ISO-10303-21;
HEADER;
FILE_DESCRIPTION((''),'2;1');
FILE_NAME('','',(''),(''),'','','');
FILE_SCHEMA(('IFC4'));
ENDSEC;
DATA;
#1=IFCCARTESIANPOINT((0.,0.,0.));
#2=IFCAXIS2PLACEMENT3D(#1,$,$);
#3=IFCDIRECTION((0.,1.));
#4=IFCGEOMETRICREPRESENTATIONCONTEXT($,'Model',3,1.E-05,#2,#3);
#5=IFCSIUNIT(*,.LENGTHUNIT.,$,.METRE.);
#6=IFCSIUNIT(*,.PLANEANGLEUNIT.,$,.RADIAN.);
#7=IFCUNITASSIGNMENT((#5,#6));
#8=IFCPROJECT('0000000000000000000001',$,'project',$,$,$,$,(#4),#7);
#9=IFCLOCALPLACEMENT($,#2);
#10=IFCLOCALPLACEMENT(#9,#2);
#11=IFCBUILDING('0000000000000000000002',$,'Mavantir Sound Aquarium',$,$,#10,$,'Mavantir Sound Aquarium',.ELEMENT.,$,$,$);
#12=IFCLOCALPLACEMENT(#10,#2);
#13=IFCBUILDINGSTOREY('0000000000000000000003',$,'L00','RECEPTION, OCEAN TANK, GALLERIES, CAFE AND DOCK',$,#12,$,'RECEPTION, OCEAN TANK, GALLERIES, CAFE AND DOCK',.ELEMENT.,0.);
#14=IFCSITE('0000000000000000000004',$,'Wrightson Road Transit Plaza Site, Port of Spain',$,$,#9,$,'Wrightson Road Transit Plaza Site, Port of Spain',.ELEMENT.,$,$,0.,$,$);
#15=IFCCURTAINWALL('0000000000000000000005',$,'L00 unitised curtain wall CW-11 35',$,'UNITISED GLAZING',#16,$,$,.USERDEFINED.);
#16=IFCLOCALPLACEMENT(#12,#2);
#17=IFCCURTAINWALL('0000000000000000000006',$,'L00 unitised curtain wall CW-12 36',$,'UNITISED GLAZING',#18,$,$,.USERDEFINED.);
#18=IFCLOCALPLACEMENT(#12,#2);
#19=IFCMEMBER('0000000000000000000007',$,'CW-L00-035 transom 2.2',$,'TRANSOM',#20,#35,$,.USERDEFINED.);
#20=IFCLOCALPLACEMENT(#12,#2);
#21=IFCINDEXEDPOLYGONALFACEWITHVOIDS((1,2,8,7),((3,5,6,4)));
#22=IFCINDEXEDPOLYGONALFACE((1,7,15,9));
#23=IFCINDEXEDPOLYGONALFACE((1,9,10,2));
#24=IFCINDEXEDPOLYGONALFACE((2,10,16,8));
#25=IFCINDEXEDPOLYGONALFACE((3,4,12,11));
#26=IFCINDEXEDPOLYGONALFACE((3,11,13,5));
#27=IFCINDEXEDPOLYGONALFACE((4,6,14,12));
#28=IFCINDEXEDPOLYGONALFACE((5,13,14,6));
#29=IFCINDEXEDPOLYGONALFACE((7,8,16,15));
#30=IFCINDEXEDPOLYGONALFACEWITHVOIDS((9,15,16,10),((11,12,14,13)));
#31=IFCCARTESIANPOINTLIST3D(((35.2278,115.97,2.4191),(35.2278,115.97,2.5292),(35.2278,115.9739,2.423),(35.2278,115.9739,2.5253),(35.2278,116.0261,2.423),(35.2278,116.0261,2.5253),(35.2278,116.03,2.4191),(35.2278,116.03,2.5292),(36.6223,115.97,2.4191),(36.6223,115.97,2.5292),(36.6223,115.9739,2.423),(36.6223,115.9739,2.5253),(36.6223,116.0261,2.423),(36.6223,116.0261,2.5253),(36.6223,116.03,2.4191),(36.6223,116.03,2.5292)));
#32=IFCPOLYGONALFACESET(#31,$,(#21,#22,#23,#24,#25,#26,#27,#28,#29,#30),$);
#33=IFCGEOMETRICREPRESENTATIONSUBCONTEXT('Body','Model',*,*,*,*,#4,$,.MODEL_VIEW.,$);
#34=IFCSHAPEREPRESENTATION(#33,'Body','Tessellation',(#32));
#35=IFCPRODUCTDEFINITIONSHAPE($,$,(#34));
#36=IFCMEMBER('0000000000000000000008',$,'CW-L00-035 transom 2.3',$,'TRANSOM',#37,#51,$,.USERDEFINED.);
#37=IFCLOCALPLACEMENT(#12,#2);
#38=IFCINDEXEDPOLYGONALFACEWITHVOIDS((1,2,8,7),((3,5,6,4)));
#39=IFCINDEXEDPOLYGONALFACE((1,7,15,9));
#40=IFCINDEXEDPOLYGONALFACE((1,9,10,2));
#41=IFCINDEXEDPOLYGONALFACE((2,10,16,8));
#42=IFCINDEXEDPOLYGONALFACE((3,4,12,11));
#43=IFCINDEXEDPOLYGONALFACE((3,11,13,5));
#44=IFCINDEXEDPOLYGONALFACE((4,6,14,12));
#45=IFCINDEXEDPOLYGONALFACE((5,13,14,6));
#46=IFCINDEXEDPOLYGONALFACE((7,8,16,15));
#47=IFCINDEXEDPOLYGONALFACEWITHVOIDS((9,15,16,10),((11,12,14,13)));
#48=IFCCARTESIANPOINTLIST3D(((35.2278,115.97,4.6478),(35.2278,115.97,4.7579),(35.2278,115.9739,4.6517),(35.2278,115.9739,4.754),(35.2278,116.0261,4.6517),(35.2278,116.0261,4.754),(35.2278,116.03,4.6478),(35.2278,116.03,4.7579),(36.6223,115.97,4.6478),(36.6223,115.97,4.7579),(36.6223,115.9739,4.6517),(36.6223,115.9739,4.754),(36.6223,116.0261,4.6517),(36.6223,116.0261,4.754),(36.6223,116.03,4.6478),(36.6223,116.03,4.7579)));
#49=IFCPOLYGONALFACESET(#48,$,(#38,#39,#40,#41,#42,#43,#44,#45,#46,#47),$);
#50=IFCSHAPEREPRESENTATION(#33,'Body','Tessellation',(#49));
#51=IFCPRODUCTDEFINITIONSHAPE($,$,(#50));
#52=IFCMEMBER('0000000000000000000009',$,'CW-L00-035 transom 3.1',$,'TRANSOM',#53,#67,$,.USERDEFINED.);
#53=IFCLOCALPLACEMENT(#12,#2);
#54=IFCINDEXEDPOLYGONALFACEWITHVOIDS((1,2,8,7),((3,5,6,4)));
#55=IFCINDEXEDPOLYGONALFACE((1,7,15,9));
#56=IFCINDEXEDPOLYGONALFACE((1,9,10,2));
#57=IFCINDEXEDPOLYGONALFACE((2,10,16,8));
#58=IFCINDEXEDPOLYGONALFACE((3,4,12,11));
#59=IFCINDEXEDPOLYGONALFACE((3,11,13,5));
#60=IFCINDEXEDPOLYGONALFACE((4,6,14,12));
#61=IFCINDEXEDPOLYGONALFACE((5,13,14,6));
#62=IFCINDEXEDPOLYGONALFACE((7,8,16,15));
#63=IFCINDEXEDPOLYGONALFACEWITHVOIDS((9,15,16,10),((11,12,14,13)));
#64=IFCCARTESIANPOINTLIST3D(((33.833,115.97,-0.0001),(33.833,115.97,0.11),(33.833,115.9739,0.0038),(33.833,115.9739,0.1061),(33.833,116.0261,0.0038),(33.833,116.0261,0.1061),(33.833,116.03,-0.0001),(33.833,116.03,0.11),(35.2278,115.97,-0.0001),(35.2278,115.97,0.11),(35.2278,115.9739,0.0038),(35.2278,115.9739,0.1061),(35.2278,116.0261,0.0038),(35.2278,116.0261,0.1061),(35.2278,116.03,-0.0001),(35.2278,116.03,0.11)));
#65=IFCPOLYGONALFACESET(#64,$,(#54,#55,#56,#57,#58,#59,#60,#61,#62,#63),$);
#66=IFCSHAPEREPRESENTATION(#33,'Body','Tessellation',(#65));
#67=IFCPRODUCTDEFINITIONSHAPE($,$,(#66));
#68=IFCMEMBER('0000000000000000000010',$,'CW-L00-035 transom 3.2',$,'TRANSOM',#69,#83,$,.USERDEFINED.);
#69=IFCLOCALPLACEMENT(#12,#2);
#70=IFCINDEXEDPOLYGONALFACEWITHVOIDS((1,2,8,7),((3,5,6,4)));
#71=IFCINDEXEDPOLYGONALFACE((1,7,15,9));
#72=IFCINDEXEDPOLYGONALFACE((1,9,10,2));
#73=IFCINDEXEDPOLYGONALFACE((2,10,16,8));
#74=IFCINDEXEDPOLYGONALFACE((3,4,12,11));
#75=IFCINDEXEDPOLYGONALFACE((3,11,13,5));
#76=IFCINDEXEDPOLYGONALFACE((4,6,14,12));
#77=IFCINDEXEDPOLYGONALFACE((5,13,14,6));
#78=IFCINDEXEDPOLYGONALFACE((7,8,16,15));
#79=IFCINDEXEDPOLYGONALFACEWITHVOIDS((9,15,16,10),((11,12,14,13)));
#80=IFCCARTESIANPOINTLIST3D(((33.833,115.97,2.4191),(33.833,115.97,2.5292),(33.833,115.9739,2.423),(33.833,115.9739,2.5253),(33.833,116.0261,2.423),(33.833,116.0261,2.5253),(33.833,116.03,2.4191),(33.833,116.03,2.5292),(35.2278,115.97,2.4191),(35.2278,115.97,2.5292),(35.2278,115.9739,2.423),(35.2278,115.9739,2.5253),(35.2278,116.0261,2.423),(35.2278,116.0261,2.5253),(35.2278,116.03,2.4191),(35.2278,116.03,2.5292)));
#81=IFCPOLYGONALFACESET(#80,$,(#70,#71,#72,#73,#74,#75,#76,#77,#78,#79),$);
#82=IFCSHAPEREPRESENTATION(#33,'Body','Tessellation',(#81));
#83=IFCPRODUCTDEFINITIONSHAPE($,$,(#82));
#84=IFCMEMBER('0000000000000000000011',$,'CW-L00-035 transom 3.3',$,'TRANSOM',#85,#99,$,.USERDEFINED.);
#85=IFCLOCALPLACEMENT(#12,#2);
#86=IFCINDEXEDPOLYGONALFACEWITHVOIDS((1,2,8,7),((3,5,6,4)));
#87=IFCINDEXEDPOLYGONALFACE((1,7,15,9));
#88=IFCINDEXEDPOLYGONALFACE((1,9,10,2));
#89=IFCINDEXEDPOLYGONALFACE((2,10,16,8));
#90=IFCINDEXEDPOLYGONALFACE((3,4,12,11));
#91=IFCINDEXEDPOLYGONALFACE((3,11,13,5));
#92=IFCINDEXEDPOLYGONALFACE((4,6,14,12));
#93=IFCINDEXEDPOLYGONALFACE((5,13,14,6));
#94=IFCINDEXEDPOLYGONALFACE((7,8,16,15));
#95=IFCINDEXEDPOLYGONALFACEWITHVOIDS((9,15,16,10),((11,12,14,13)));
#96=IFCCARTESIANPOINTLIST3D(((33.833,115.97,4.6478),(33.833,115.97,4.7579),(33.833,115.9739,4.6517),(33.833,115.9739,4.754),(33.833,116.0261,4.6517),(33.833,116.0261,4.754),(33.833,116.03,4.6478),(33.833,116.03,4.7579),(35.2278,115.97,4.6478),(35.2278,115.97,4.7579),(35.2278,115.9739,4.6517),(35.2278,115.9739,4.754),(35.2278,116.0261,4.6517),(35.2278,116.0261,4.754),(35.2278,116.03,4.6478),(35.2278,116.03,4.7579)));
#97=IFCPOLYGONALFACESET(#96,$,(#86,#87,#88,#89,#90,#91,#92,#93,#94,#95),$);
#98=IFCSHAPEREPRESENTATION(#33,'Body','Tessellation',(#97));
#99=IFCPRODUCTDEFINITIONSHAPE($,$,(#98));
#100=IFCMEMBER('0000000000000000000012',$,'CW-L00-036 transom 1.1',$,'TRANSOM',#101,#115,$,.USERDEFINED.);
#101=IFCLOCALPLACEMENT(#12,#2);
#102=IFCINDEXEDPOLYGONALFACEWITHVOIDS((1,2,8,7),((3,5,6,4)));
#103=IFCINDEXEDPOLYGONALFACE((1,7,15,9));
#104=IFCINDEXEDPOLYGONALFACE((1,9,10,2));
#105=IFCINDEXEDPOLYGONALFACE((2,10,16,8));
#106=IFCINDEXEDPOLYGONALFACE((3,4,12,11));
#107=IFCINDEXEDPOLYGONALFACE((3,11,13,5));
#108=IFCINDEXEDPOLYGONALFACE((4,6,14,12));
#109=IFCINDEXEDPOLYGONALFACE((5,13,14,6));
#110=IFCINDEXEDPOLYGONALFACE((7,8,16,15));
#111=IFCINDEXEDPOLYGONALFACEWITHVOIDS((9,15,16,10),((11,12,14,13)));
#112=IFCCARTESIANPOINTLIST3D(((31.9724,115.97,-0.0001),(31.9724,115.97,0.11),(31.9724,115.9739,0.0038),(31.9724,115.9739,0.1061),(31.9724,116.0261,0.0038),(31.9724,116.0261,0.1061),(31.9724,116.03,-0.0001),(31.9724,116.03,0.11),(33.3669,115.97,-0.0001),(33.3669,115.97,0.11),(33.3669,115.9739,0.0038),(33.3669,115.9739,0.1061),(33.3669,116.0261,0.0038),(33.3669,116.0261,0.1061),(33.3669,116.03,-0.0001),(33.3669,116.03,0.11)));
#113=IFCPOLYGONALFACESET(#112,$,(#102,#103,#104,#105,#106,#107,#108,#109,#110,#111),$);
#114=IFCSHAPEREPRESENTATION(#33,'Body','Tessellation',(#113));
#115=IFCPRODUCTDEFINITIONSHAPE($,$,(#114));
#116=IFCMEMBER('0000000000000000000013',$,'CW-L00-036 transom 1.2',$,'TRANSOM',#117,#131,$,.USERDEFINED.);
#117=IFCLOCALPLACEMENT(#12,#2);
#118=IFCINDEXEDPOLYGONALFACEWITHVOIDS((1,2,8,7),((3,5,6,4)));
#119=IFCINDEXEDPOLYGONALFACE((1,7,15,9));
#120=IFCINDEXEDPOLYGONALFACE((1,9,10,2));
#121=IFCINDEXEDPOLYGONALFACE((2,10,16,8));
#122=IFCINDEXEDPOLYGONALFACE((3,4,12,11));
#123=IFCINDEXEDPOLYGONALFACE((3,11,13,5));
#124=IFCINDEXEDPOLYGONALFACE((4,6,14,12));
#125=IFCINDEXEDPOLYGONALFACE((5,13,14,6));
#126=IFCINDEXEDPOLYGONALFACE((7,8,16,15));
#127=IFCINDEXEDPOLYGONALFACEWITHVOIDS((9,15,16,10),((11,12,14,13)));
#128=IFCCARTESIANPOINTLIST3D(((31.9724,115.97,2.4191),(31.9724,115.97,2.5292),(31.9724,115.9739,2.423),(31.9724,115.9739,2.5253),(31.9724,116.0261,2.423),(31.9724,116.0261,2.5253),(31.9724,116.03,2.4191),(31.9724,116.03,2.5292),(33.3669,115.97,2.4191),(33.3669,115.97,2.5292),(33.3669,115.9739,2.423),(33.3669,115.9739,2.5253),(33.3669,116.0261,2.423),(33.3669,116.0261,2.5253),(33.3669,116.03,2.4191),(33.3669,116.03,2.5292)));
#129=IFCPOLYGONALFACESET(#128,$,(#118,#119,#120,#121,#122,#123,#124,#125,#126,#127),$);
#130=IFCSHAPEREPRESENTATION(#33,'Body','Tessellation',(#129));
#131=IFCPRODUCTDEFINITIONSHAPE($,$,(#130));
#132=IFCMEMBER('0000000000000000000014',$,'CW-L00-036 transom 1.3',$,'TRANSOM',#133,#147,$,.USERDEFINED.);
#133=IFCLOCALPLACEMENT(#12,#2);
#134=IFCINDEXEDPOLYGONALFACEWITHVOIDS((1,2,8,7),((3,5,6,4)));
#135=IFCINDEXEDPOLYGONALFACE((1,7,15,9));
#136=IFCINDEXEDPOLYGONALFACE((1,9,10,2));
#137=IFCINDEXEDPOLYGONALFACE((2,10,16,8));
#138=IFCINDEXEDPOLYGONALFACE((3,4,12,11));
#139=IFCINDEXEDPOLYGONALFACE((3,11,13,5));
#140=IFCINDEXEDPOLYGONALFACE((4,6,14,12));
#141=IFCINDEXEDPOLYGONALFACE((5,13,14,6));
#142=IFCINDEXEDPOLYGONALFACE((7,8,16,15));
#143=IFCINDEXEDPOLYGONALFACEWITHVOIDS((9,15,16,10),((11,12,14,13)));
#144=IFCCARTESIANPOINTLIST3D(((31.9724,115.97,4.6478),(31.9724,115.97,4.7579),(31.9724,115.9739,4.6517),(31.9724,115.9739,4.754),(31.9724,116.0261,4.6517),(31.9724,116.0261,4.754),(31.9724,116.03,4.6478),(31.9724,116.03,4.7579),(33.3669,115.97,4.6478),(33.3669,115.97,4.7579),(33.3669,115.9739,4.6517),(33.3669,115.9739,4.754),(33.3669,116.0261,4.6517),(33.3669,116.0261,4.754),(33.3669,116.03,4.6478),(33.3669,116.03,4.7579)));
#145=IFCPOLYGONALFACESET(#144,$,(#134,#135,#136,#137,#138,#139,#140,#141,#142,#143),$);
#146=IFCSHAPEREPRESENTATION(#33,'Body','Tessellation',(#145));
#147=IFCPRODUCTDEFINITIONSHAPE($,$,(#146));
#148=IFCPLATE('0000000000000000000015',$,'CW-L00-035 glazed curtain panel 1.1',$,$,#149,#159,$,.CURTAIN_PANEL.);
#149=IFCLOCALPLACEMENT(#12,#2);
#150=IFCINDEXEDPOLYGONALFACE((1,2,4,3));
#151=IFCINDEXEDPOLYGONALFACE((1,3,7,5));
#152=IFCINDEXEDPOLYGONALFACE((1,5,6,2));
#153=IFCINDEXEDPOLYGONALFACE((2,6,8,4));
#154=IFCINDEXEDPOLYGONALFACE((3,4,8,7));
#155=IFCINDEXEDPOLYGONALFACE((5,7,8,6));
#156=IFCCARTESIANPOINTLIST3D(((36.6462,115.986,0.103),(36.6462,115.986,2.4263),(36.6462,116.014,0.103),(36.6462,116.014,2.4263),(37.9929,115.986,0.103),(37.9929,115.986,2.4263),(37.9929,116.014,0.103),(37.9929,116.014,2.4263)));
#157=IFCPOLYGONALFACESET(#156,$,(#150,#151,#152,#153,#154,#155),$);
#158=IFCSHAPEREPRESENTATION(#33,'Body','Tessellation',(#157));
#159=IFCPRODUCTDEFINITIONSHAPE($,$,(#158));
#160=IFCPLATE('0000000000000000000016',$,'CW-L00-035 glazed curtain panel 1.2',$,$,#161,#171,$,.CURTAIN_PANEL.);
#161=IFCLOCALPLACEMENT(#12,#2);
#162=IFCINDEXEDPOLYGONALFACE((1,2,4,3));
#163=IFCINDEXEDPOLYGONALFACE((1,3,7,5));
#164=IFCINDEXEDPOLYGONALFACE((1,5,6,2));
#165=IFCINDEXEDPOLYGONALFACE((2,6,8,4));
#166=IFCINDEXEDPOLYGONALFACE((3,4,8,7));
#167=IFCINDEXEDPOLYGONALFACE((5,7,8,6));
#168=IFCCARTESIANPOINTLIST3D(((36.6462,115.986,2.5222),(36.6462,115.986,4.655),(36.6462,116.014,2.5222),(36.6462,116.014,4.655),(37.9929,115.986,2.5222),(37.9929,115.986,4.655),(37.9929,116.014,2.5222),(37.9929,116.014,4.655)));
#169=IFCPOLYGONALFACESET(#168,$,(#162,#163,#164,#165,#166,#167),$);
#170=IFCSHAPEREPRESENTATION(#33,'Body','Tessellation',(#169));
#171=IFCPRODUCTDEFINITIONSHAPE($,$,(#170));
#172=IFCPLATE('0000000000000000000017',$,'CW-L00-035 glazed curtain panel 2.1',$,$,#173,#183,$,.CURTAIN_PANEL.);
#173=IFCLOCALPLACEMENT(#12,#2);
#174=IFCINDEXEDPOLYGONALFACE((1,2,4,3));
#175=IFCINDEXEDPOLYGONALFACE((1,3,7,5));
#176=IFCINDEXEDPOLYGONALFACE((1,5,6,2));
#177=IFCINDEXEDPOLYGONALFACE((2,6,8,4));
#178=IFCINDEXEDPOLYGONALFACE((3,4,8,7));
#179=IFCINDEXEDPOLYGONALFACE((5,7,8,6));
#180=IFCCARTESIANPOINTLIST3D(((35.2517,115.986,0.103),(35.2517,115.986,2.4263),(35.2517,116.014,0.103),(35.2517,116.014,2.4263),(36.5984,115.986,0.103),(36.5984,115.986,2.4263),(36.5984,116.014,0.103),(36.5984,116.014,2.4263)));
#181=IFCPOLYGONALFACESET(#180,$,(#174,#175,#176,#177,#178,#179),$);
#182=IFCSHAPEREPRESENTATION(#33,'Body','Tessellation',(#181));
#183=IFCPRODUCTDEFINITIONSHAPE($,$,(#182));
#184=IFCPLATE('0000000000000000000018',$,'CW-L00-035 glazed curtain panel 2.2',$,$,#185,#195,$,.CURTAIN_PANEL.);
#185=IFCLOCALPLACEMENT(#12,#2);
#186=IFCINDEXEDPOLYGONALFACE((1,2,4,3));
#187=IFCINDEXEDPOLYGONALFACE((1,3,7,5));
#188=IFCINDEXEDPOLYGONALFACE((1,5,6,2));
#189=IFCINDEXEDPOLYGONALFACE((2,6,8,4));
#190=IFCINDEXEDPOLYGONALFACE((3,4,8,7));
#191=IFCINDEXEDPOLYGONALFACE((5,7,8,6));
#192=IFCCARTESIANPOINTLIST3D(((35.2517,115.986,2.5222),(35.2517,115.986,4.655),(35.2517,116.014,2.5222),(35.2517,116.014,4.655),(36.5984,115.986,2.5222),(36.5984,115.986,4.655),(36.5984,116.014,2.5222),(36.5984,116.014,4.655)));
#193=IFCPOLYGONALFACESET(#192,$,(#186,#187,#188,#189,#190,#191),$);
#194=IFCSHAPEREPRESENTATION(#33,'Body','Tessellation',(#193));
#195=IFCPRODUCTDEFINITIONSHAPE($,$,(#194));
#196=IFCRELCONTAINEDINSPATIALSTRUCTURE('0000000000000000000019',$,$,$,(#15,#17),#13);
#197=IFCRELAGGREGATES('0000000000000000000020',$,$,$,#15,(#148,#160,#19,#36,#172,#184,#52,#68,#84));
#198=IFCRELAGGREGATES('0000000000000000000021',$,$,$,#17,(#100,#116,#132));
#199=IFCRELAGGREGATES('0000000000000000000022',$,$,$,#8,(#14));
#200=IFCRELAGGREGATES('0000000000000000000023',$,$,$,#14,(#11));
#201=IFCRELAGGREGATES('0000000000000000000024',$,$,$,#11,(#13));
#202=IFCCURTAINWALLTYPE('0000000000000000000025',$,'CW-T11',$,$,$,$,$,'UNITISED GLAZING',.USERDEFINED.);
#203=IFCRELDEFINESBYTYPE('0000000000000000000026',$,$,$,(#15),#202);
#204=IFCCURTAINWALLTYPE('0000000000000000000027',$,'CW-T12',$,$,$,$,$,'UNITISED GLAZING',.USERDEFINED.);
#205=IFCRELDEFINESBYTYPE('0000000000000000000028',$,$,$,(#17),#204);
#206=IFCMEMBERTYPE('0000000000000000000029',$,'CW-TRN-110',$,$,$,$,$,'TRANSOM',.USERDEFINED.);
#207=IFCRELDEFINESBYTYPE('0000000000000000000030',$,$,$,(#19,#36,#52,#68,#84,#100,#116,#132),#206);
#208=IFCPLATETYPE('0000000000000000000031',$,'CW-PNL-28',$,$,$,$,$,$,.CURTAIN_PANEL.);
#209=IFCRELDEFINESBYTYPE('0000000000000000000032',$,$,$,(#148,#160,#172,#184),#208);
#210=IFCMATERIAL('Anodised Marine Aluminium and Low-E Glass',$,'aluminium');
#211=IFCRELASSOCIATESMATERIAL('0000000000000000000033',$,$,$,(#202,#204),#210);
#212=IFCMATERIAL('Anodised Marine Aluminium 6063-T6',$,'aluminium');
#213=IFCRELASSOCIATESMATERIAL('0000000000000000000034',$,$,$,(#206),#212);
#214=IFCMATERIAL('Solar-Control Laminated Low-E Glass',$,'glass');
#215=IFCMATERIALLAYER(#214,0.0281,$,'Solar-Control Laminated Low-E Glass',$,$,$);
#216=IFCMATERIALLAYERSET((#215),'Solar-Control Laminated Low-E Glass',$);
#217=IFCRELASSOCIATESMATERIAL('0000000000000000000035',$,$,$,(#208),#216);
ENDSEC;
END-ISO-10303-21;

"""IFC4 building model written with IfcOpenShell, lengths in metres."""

from ifc_helpers import new_model, si_unit, direction, frame, origin, origin_2d, place, context, subcontext, project, spatial, rectangle, hollow_rectangle, extrude, material, layer, layer_set, material_profile, profile_set, type_object, element, aggregate, save


model = new_model("IFC4")

# Units and contexts
model_context = context("Model", 3, precision=1e-05, world=origin(), true_north=direction((0.0, 1.0)))
body_context = subcontext(model_context, "Body", "Model", "MODEL_VIEW")
ifc_project = project(units=[si_unit("LENGTHUNIT", "METRE"), si_unit("PLANEANGLEUNIT", "RADIAN")], contexts=[model_context])

# Site, building, storey
site_placement = place(None, origin())
site = spatial("IfcSite", under=ifc_project, at=site_placement, Name="Wrightson Road Transit Plaza Site, Port of Spain", LongName="Wrightson Road Transit Plaza Site, Port of Spain", CompositionType="ELEMENT", RefElevation=0.0)
building_placement = place(site_placement, origin())
building = spatial("IfcBuilding", under=site, at=building_placement, Name="Mavantir Sound Aquarium", LongName="Mavantir Sound Aquarium", CompositionType="ELEMENT")
storey_placement = place(building_placement, origin())
storey = spatial("IfcBuildingStorey", under=building, at=storey_placement, Name="L00", Description="RECEPTION, OCEAN TANK, GALLERIES, CAFE AND DOCK", LongName="RECEPTION, OCEAN TANK, GALLERIES, CAFE AND DOCK", CompositionType="ELEMENT", Elevation=0.0)

# Curtain wall
ifc_material_1 = material(Name="Anodised Marine Aluminium and Low-E Glass", Category="aluminium")
curtain_wall_type_1 = type_object("IfcCurtainWallType", Name="CW-T11", ElementType="UNITISED GLAZING", PredefinedType="USERDEFINED", material=ifc_material_1)
curtain_wall_1_placement = place(storey_placement, origin())
curtain_wall_1 = element("IfcCurtainWall", 1, at=curtain_wall_1_placement, inside=storey, type_object=curtain_wall_type_1, Name="L00 unitised curtain wall CW-11 35", ObjectType="UNITISED GLAZING", PredefinedType="USERDEFINED")
ifc_material_2 = material(Name="Anodised Marine Aluminium 6063-T6", Category="aluminium")

# Curtain wall
curtain_wall_type_2 = type_object("IfcCurtainWallType", Name="CW-T12", ElementType="UNITISED GLAZING", PredefinedType="USERDEFINED", material=ifc_material_1)
curtain_wall_2_placement = place(storey_placement, origin())
curtain_wall_2 = element("IfcCurtainWall", 2, at=curtain_wall_2_placement, inside=storey, type_object=curtain_wall_type_2, Name="L00 unitised curtain wall CW-12 36", ObjectType="UNITISED GLAZING", PredefinedType="USERDEFINED")

# Members
ifc_material_profile_1 = material_profile(ifc_material_2, hollow_rectangle(XDim=0.0601, YDim=0.1101, WallThickness=0.0039, at=origin_2d()), Name="ALU-TRANSOM-110X60")
ifc_profile_set_1 = profile_set([ifc_material_profile_1], Name="Anodised Marine Aluminium 6063-T6")
member_type_1 = type_object("IfcMemberType", Name="CW-TRN-110", ElementType="TRANSOM", PredefinedType="USERDEFINED", material=ifc_profile_set_1)
member_1_placement = place(storey_placement, frame((36.6223, 116.0, 2.4741), z_axis=(-1.0, 0.0, 0.0), x_axis=(0.0, -1.0, 0.0)))
member_1 = element("IfcMember", 3, at=member_1_placement, type_object=member_type_1, Name="CW-L00-035 transom 2.2", ObjectType="TRANSOM", PredefinedType="USERDEFINED", context=body_context, shape_type="SweptSolid", body=[
    extrude(hollow_rectangle(XDim=0.0601, YDim=0.1101, WallThickness=0.0039, at=origin_2d()), origin(), (0.0, 0.0, 1.0), 1.3945),
])
member_2_placement = place(storey_placement, frame((36.6223, 116.0, 4.7029), z_axis=(-1.0, 0.0, 0.0), x_axis=(0.0, -1.0, 0.0)))
member_2 = element("IfcMember", 4, at=member_2_placement, type_object=member_type_1, Name="CW-L00-035 transom 2.3", ObjectType="TRANSOM", PredefinedType="USERDEFINED", context=body_context, shape_type="SweptSolid", body=[
    extrude(hollow_rectangle(XDim=0.0601, YDim=0.1101, WallThickness=0.0039, at=origin_2d()), origin(), (0.0, 0.0, 1.0), 1.3945),
])
member_3_placement = place(storey_placement, frame((35.2278, 116.0, 0.0549), z_axis=(-1.0, 0.0, 0.0), x_axis=(0.0, -1.0, 0.0)))
member_3 = element("IfcMember", 5, at=member_3_placement, type_object=member_type_1, Name="CW-L00-035 transom 3.1", ObjectType="TRANSOM", PredefinedType="USERDEFINED", context=body_context, shape_type="SweptSolid", body=[
    extrude(hollow_rectangle(XDim=0.0601, YDim=0.1101, WallThickness=0.0039, at=origin_2d()), origin(), (0.0, 0.0, 1.0), 1.3948),
])
member_4_placement = place(storey_placement, frame((35.2278, 116.0, 2.4741), z_axis=(-1.0, 0.0, 0.0), x_axis=(0.0, -1.0, 0.0)))
member_4 = element("IfcMember", 6, at=member_4_placement, type_object=member_type_1, Name="CW-L00-035 transom 3.2", ObjectType="TRANSOM", PredefinedType="USERDEFINED", context=body_context, shape_type="SweptSolid", body=[
    extrude(hollow_rectangle(XDim=0.0601, YDim=0.1101, WallThickness=0.0039, at=origin_2d()), origin(), (0.0, 0.0, 1.0), 1.3948),
])
member_5_placement = place(storey_placement, frame((35.2278, 116.0, 4.7029), z_axis=(-1.0, 0.0, 0.0), x_axis=(0.0, -1.0, 0.0)))
member_5 = element("IfcMember", 7, at=member_5_placement, type_object=member_type_1, Name="CW-L00-035 transom 3.3", ObjectType="TRANSOM", PredefinedType="USERDEFINED", context=body_context, shape_type="SweptSolid", body=[
    extrude(hollow_rectangle(XDim=0.0601, YDim=0.1101, WallThickness=0.0039, at=origin_2d()), origin(), (0.0, 0.0, 1.0), 1.3948),
])
member_6_placement = place(storey_placement, frame((33.3669, 116.0, 0.0549), z_axis=(-1.0, 0.0, 0.0), x_axis=(0.0, -1.0, 0.0)))
member_6 = element("IfcMember", 8, at=member_6_placement, type_object=member_type_1, Name="CW-L00-036 transom 1.1", ObjectType="TRANSOM", PredefinedType="USERDEFINED", context=body_context, shape_type="SweptSolid", body=[
    extrude(hollow_rectangle(XDim=0.0601, YDim=0.1101, WallThickness=0.0039, at=origin_2d()), origin(), (0.0, 0.0, 1.0), 1.3945),
])
member_7_placement = place(storey_placement, frame((33.3669, 116.0, 2.4741), z_axis=(-1.0, 0.0, 0.0), x_axis=(0.0, -1.0, 0.0)))
member_7 = element("IfcMember", 9, at=member_7_placement, type_object=member_type_1, Name="CW-L00-036 transom 1.2", ObjectType="TRANSOM", PredefinedType="USERDEFINED", context=body_context, shape_type="SweptSolid", body=[
    extrude(hollow_rectangle(XDim=0.0601, YDim=0.1101, WallThickness=0.0039, at=origin_2d()), origin(), (0.0, 0.0, 1.0), 1.3945),
])
member_8_placement = place(storey_placement, frame((33.3669, 116.0, 4.7029), z_axis=(-1.0, 0.0, 0.0), x_axis=(0.0, -1.0, 0.0)))
member_8 = element("IfcMember", 10, at=member_8_placement, type_object=member_type_1, Name="CW-L00-036 transom 1.3", ObjectType="TRANSOM", PredefinedType="USERDEFINED", context=body_context, shape_type="SweptSolid", body=[
    extrude(hollow_rectangle(XDim=0.0601, YDim=0.1101, WallThickness=0.0039, at=origin_2d()), origin(), (0.0, 0.0, 1.0), 1.3945),
])

# Plates
ifc_material_3 = material(Name="Solar-Control Laminated Low-E Glass", Category="glass")
ifc_layer_1 = layer(ifc_material_3, 0.0281, Name="Solar-Control Laminated Low-E Glass")
ifc_layer_set_1 = layer_set([ifc_layer_1], Name="Solar-Control Laminated Low-E Glass")
plate_type_1 = type_object("IfcPlateType", Name="CW-PNL-28", PredefinedType="CURTAIN_PANEL", material=ifc_layer_set_1)
plate_1_placement = place(storey_placement, frame((37.3196, 116.0, 0.103), z_axis=(0.0, 0.0, 1.0), x_axis=(-1.0, 0.0, 0.0)))
plate_1 = element("IfcPlate", 11, at=plate_1_placement, type_object=plate_type_1, Name="CW-L00-035 glazed curtain panel 1.1", PredefinedType="CURTAIN_PANEL", context=body_context, shape_type="SweptSolid", body=[
    extrude(rectangle(XDim=1.3467, YDim=0.0281, at=origin_2d()), origin(), (0.0, 0.0, 1.0), 2.3232),
])
plate_2_placement = place(storey_placement, frame((37.3196, 116.0, 2.5222), z_axis=(0.0, 0.0, 1.0), x_axis=(-1.0, 0.0, 0.0)))
plate_2 = element("IfcPlate", 12, at=plate_2_placement, type_object=plate_type_1, Name="CW-L00-035 glazed curtain panel 1.2", PredefinedType="CURTAIN_PANEL", context=body_context, shape_type="SweptSolid", body=[
    extrude(rectangle(XDim=1.3467, YDim=0.0281, at=origin_2d()), origin(), (0.0, 0.0, 1.0), 2.1328),
])
plate_3_placement = place(storey_placement, frame((35.925, 116.0, 0.103), z_axis=(0.0, 0.0, 1.0), x_axis=(-1.0, 0.0, 0.0)))
plate_3 = element("IfcPlate", 13, at=plate_3_placement, type_object=plate_type_1, Name="CW-L00-035 glazed curtain panel 2.1", PredefinedType="CURTAIN_PANEL", context=body_context, shape_type="SweptSolid", body=[
    extrude(rectangle(XDim=1.3467, YDim=0.0281, at=origin_2d()), origin(), (0.0, 0.0, 1.0), 2.3232),
])
plate_4_placement = place(storey_placement, frame((35.925, 116.0, 2.5222), z_axis=(0.0, 0.0, 1.0), x_axis=(-1.0, 0.0, 0.0)))
plate_4 = element("IfcPlate", 14, at=plate_4_placement, type_object=plate_type_1, Name="CW-L00-035 glazed curtain panel 2.2", PredefinedType="CURTAIN_PANEL", context=body_context, shape_type="SweptSolid", body=[
    extrude(rectangle(XDim=1.3467, YDim=0.0281, at=origin_2d()), origin(), (0.0, 0.0, 1.0), 2.1328),
])
aggregate(curtain_wall_1, [plate_1, plate_2, member_1, member_2, plate_3, plate_4, member_3, member_4, member_5])
aggregate(curtain_wall_2, [member_6, member_7, member_8])

save(model, "model.ifc")
